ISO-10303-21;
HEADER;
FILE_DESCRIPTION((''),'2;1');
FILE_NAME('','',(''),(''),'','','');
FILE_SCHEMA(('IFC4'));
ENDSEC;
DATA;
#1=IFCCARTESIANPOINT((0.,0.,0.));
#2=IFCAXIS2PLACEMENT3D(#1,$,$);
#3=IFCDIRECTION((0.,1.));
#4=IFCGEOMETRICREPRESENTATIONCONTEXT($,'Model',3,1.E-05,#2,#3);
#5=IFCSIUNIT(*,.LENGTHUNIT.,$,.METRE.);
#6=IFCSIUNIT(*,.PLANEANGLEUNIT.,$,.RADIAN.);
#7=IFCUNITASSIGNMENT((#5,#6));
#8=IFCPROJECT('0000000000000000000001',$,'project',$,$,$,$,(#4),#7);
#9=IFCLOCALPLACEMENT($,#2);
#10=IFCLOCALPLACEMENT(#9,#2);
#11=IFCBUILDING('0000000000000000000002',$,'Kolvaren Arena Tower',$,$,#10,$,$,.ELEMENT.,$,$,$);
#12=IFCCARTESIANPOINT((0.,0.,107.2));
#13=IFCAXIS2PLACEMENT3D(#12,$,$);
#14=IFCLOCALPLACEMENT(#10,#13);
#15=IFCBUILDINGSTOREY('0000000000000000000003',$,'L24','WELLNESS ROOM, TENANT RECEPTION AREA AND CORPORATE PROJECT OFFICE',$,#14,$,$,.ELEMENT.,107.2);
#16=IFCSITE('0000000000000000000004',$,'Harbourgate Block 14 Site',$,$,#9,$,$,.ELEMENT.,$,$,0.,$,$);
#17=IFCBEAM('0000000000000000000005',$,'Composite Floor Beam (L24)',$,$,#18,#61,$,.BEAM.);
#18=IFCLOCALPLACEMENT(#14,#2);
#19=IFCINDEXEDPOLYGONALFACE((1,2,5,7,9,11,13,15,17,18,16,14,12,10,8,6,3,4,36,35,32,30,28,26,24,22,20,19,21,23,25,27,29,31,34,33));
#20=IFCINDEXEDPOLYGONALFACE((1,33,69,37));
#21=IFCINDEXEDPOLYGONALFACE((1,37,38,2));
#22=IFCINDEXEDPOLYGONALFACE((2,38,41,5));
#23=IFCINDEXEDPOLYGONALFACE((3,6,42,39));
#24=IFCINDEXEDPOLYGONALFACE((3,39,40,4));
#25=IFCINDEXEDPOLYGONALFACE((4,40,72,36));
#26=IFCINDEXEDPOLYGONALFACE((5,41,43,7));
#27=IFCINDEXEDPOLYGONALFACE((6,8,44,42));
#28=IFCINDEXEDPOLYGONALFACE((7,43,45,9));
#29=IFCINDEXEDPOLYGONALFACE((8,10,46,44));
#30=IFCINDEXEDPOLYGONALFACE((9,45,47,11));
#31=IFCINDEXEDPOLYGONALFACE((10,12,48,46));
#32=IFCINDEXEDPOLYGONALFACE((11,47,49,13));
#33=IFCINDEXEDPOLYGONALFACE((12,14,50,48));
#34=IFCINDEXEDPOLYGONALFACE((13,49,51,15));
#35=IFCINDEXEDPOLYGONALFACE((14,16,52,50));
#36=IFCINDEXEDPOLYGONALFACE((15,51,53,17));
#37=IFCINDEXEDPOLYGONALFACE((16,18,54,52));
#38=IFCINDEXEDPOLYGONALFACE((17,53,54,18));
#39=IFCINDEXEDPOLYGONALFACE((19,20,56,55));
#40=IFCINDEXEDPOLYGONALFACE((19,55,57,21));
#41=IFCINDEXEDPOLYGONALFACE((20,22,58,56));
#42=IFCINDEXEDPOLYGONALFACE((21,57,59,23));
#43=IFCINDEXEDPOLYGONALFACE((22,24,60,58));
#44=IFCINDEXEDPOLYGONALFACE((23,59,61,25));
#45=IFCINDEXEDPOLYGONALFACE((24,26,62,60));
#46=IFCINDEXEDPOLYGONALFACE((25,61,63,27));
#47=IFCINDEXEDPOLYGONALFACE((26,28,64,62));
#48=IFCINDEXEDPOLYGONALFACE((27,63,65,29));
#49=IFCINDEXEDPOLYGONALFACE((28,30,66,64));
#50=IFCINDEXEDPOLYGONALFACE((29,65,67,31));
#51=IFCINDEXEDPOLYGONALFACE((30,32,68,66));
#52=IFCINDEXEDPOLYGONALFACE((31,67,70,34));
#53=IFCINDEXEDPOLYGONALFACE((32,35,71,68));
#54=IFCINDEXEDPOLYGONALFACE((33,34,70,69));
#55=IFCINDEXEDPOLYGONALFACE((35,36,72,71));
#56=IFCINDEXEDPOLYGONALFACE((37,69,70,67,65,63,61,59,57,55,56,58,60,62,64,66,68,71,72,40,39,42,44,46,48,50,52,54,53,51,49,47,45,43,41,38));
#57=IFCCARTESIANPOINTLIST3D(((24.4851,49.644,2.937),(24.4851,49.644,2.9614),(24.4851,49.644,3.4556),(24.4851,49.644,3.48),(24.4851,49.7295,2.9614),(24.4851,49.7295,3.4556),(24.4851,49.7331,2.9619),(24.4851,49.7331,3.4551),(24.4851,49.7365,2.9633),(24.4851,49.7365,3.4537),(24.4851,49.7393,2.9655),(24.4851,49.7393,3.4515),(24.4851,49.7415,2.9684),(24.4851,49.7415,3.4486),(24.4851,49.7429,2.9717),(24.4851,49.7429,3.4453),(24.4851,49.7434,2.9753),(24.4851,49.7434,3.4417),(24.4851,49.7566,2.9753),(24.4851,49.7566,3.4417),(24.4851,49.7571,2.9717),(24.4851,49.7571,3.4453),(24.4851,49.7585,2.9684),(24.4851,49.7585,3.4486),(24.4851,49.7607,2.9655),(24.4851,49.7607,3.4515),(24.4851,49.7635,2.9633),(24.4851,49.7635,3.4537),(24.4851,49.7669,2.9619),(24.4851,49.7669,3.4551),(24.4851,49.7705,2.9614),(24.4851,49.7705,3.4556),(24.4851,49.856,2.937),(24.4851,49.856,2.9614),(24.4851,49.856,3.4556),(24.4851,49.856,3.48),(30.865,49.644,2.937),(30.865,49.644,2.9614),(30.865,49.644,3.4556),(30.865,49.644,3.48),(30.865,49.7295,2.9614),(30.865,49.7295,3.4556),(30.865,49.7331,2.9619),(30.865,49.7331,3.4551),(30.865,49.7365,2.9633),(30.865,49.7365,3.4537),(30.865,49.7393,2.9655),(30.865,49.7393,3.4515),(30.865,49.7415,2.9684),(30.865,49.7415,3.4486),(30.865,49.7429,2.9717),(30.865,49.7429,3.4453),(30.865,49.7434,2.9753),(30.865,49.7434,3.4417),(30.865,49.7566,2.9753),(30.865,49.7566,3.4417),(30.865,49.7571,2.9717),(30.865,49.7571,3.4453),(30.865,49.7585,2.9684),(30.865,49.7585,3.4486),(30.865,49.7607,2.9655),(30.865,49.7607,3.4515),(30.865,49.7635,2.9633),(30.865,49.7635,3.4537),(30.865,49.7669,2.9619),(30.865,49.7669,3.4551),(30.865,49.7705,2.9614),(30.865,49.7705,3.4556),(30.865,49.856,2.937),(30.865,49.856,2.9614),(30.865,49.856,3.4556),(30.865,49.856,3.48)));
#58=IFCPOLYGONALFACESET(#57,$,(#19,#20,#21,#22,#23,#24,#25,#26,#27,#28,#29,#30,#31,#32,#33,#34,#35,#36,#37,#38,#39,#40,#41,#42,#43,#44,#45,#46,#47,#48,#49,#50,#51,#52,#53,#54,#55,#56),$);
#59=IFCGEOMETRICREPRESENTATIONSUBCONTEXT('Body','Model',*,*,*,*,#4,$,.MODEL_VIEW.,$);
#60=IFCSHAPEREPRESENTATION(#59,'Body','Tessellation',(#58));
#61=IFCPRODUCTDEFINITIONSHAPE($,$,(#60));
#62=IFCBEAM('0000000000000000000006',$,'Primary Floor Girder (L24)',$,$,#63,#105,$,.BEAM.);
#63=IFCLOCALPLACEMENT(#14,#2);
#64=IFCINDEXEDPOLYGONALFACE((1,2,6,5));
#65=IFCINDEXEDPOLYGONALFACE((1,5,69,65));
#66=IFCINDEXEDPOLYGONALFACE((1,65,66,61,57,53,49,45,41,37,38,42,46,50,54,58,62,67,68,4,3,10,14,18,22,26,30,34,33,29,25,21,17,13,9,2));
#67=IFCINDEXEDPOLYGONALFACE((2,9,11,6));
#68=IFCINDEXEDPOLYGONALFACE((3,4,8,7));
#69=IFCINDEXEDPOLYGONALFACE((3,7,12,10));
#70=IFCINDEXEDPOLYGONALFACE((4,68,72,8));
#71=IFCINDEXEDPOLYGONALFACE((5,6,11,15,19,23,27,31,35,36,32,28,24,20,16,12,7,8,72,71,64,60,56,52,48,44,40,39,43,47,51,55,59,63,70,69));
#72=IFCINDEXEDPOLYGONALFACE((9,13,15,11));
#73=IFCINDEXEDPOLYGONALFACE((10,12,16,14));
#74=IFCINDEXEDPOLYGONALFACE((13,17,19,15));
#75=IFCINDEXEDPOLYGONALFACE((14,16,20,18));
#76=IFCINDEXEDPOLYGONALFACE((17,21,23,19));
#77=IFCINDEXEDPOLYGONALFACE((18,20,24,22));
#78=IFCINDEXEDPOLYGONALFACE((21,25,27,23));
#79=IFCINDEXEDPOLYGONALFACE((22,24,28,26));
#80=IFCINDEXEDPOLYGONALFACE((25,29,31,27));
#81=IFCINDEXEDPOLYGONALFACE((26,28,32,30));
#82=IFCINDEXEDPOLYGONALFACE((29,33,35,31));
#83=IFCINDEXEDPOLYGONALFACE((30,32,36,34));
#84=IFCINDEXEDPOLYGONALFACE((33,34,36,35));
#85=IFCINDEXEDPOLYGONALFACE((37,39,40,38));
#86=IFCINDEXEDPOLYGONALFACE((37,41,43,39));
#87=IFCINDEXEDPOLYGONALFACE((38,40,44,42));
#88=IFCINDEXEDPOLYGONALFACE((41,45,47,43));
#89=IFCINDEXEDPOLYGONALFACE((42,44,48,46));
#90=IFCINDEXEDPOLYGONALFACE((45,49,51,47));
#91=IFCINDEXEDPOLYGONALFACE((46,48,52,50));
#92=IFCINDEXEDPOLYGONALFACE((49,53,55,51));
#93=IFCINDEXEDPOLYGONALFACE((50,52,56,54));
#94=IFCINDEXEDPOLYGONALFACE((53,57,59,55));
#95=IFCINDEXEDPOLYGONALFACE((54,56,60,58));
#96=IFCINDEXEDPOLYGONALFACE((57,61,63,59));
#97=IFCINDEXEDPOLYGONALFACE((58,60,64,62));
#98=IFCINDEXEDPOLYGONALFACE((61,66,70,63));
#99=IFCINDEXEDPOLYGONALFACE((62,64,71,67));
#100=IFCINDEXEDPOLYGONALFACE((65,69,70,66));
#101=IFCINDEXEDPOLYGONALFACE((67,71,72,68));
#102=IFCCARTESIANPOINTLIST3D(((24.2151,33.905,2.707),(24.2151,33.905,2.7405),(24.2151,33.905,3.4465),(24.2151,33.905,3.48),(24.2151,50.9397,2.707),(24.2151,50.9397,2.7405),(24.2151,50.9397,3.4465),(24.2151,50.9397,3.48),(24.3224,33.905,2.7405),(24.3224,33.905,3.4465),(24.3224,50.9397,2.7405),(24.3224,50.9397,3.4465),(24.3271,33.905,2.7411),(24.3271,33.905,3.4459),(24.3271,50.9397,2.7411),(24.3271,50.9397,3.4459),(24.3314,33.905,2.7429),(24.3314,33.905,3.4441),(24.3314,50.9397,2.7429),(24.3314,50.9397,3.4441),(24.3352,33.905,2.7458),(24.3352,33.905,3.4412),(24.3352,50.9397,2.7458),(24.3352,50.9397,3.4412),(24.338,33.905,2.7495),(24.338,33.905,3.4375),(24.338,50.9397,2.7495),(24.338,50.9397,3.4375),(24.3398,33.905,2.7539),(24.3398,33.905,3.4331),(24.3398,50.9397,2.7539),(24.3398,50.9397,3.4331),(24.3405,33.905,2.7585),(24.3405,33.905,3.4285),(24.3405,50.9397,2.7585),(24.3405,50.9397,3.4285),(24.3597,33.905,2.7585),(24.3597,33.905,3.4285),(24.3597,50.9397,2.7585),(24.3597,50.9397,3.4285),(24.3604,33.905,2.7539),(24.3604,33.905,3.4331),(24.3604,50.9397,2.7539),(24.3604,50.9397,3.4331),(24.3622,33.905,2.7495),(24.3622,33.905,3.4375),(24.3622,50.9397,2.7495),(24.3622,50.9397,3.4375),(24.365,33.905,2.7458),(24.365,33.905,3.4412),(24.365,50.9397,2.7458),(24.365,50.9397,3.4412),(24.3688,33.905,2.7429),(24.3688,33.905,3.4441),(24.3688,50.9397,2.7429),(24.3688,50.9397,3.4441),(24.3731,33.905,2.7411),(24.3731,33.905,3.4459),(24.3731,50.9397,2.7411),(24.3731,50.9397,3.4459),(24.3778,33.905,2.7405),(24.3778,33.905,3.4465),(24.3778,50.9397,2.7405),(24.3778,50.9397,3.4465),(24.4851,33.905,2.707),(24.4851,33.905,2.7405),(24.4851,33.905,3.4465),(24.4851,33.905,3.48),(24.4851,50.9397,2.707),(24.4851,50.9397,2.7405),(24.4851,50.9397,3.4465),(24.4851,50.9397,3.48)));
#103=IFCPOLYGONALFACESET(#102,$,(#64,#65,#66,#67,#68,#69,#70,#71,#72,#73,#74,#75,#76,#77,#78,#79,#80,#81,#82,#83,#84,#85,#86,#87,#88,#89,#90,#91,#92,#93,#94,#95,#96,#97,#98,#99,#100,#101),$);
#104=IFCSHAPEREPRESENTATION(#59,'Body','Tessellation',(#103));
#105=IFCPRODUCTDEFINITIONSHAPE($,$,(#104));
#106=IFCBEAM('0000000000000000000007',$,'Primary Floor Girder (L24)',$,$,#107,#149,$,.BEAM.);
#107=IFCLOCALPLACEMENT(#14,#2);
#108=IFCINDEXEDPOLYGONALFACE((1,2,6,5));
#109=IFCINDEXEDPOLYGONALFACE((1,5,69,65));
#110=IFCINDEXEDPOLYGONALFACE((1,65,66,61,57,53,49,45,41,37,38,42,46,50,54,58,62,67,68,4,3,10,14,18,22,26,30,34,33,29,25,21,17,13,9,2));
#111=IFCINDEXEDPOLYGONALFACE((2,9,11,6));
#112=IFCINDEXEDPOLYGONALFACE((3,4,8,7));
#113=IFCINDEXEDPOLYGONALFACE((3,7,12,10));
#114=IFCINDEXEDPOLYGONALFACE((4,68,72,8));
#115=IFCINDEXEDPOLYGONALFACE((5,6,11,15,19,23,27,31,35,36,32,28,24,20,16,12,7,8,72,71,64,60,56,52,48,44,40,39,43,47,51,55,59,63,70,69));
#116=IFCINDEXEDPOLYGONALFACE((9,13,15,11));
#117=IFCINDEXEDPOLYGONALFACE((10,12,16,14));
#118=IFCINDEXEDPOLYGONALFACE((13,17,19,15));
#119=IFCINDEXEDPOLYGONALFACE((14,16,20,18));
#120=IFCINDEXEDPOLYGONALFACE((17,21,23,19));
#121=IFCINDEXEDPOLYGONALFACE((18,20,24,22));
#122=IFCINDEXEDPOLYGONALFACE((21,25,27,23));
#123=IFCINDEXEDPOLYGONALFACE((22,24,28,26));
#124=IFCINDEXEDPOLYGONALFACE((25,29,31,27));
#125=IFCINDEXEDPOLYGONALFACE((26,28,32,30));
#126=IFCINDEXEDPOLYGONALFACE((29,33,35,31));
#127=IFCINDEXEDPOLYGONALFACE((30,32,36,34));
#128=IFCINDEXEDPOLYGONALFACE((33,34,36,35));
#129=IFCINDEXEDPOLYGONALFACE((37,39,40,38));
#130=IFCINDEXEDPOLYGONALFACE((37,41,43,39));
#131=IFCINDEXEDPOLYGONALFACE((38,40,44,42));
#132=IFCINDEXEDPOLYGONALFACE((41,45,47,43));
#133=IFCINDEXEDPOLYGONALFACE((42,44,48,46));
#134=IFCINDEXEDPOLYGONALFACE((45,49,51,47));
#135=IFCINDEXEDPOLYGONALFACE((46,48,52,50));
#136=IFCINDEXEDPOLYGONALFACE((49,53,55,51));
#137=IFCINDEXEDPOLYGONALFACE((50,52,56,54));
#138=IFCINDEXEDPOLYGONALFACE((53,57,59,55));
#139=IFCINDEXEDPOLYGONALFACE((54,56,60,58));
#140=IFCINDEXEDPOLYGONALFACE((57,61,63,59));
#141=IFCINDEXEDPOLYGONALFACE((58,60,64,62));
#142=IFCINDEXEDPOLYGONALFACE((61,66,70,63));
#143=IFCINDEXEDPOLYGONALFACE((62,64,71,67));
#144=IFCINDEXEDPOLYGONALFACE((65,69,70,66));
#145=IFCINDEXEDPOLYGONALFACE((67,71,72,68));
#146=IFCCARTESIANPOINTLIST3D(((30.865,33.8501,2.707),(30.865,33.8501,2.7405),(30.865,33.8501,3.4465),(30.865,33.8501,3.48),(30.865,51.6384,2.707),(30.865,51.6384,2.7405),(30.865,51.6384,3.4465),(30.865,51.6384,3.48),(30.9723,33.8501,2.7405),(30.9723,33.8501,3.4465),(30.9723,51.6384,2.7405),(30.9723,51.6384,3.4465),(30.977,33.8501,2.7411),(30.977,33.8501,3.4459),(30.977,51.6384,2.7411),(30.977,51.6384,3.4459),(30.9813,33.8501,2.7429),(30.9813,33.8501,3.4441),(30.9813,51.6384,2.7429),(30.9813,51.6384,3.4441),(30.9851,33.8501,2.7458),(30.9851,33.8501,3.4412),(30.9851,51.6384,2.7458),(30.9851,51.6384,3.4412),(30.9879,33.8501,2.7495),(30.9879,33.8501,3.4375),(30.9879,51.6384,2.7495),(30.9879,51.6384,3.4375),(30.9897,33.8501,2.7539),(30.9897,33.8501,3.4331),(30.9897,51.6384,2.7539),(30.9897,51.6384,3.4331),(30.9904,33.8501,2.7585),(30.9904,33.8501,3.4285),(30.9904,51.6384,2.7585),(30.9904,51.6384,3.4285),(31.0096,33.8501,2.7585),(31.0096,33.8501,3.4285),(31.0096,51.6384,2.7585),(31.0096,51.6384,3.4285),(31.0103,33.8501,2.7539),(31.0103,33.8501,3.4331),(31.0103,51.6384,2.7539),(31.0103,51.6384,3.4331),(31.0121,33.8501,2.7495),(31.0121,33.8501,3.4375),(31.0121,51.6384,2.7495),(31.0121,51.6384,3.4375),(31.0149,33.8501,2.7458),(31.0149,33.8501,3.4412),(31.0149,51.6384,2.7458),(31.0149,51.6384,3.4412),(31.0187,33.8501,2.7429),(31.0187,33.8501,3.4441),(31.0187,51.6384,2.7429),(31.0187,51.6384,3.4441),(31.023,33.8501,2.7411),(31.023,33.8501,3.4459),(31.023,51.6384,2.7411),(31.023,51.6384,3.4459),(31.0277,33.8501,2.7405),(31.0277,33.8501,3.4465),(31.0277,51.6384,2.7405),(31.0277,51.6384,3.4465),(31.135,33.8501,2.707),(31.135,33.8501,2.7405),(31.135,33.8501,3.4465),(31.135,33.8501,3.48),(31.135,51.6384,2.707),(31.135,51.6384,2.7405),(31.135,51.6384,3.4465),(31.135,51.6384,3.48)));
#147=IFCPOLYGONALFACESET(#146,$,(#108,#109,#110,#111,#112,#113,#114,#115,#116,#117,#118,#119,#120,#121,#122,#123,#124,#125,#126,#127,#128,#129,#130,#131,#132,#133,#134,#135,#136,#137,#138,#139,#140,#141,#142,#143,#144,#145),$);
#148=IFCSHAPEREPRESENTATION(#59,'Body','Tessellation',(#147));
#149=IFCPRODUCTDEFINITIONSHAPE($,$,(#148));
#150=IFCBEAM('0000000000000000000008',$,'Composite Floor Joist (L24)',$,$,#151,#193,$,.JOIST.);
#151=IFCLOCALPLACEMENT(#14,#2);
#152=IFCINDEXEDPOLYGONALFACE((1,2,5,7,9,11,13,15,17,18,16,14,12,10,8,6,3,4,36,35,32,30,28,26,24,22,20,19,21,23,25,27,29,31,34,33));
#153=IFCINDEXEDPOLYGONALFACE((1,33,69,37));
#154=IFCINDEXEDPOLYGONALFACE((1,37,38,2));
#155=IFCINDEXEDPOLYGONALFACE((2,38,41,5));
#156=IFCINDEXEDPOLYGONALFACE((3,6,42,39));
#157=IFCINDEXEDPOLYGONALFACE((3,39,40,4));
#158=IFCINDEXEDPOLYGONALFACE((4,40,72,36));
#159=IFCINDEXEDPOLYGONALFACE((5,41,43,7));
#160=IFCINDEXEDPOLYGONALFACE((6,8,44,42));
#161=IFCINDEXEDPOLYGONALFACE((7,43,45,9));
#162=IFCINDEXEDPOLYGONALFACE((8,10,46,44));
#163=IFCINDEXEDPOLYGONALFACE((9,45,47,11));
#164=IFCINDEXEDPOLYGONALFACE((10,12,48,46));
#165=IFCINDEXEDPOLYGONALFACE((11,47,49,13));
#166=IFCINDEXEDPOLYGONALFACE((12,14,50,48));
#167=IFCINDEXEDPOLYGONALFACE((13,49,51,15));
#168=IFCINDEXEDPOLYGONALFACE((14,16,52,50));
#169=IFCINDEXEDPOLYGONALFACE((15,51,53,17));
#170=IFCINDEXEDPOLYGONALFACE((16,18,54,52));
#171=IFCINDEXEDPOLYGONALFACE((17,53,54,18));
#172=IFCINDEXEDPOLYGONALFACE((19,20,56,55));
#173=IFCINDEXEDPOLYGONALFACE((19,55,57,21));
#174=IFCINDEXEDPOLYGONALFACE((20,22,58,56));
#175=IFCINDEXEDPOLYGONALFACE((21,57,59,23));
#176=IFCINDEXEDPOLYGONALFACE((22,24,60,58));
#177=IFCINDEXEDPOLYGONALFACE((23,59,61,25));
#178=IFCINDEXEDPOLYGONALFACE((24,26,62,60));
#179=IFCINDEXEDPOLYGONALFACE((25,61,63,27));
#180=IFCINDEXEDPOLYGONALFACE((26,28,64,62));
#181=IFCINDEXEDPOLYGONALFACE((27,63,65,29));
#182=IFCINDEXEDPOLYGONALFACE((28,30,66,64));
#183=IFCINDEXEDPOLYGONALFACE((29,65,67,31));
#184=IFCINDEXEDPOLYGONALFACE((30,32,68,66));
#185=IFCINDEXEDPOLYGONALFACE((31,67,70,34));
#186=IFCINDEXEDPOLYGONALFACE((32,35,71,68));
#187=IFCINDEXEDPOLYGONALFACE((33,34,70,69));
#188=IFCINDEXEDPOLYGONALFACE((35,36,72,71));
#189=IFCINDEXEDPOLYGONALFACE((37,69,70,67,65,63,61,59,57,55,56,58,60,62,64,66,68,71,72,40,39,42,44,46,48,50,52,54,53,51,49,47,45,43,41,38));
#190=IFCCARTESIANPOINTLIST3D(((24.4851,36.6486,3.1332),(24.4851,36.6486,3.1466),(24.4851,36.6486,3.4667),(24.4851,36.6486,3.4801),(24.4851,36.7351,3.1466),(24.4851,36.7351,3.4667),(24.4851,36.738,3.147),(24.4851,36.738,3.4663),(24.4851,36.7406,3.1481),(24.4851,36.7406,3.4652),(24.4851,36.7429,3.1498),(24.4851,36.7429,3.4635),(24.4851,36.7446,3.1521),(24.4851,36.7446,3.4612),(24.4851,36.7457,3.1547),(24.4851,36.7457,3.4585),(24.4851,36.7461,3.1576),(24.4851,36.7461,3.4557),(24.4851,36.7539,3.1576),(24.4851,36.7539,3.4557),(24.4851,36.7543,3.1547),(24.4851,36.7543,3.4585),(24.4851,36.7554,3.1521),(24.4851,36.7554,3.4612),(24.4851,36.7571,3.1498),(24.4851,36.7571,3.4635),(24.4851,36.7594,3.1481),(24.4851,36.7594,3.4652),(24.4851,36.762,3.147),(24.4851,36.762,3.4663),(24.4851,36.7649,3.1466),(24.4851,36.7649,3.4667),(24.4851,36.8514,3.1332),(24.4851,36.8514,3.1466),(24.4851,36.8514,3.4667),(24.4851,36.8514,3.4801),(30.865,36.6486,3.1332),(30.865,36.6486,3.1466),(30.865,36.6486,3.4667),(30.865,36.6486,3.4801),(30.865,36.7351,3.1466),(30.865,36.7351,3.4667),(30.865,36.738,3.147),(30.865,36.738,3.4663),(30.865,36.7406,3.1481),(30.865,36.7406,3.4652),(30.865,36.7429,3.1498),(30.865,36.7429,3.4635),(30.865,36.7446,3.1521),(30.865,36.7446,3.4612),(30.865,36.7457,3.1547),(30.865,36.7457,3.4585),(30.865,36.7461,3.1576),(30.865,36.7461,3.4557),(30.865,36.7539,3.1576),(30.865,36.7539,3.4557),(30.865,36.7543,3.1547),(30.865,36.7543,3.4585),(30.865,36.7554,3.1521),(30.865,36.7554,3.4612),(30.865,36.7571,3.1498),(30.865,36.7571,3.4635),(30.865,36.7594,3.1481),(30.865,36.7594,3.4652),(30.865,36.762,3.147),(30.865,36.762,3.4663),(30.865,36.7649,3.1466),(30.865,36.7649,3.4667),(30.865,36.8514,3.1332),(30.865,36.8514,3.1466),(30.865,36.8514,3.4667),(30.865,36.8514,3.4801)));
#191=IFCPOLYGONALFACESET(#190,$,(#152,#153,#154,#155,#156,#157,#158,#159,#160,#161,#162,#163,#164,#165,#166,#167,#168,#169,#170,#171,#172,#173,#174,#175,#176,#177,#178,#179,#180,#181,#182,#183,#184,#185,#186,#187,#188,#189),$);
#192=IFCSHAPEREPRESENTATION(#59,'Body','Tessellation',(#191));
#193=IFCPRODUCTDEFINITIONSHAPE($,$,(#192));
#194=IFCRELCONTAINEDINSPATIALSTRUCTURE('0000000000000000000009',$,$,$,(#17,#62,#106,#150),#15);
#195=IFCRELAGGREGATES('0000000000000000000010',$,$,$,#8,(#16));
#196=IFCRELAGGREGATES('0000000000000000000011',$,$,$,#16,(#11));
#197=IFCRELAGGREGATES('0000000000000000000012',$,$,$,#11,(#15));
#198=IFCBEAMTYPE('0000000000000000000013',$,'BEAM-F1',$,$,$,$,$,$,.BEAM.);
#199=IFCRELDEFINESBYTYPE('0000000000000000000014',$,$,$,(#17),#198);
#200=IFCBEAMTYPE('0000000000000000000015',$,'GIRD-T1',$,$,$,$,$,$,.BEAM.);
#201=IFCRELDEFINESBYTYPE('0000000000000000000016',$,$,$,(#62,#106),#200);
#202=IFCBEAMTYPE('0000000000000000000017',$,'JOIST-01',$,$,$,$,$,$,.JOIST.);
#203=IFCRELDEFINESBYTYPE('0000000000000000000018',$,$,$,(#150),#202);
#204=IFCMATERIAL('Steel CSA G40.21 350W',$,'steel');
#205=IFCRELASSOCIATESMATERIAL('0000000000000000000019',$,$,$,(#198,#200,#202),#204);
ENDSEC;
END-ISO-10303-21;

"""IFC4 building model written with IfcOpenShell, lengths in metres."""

from ifc_helpers import new_model, si_unit, direction, frame, origin, origin_2d, place, context, subcontext, project, spatial, i_section, extrude, material, material_profile, profile_set, type_object, element, save


model = new_model("IFC4")

# Units and contexts
model_context = context("Model", 3, precision=1e-05, world=origin(), true_north=direction((0.0, 1.0)))
body_context = subcontext(model_context, "Body", "Model", "MODEL_VIEW")
ifc_project = project(units=[si_unit("LENGTHUNIT", "METRE"), si_unit("PLANEANGLEUNIT", "RADIAN")], contexts=[model_context])

# Site, building, storey
site_placement = place(None, origin())
site = spatial("IfcSite", under=ifc_project, at=site_placement, Name="Harbourgate Block 14 Site", CompositionType="ELEMENT", RefElevation=0.0)
building_placement = place(site_placement, origin())
building = spatial("IfcBuilding", under=site, at=building_placement, Name="Kolvaren Arena Tower", CompositionType="ELEMENT")
storey_placement = place(building_placement, frame((0.0, 0.0, 107.2)))
storey = spatial("IfcBuildingStorey", under=building, at=storey_placement, Name="L24", Description="WELLNESS ROOM, TENANT RECEPTION AREA AND CORPORATE PROJECT OFFICE", CompositionType="ELEMENT", Elevation=107.2)

# Beams
ifc_material_1 = material(Name="Steel CSA G40.21 350W", Category="steel")
ifc_material_profile_1 = material_profile(ifc_material_1, i_section(OverallWidth=0.2119, OverallDepth=0.543, WebThickness=0.0132, FlangeThickness=0.0244, FilletRadius=0.0139, at=origin_2d()), Name="W530x150")
ifc_profile_set_1 = profile_set([ifc_material_profile_1], Name="Steel CSA G40.21 350W")
beam_type_1 = type_object("IfcBeamType", Name="BEAM-F1", PredefinedType="BEAM", material=ifc_profile_set_1)
for number, where, z_axis, x_axis, name in (
    (1, (24.4851, 49.75, 3.2085), (1.0, 0.0, 0.0), (0.0, 1.0, 0.0), "Composite Floor Beam (L24)"),
):
    element("IfcBeam", number, at=place(storey_placement, frame(where, z_axis=z_axis, x_axis=x_axis)), inside=storey, type_object=beam_type_1, Name=name, PredefinedType="BEAM", context=body_context, shape_type="SweptSolid", body=[
        extrude(i_section(OverallWidth=0.2119, OverallDepth=0.543, WebThickness=0.0132, FlangeThickness=0.0244, FilletRadius=0.0139, at=origin_2d()), origin(), (0.0, 0.0, 1.0), 6.3799),
    ])
ifc_material_profile_2 = material_profile(ifc_material_1, i_section(OverallWidth=0.27, OverallDepth=0.7729, WebThickness=0.0193, FlangeThickness=0.0334, FilletRadius=0.0181, at=origin_2d()), Name="W760x257")
ifc_profile_set_2 = profile_set([ifc_material_profile_2], Name="Steel CSA G40.21 350W")
beam_type_2 = type_object("IfcBeamType", Name="GIRD-T1", PredefinedType="BEAM", material=ifc_profile_set_2)
beam_1_placement = place(storey_placement, frame((24.3501, 33.905, 3.0935), z_axis=(0.0, 1.0, 0.0), x_axis=(-1.0, 0.0, 0.0)))
element("IfcBeam", 2, at=beam_1_placement, inside=storey, type_object=beam_type_2, Name="Primary Floor Girder (L24)", PredefinedType="BEAM", context=body_context, shape_type="SweptSolid", body=[
    extrude(i_section(OverallWidth=0.27, OverallDepth=0.7729, WebThickness=0.0193, FlangeThickness=0.0334, FilletRadius=0.0181, at=origin_2d()), origin(), (0.0, 0.0, 1.0), 17.0347),
])
beam_2_placement = place(storey_placement, frame((31.0, 33.8501, 3.0935), z_axis=(0.0, 1.0, 0.0), x_axis=(-1.0, 0.0, 0.0)))
element("IfcBeam", 3, at=beam_2_placement, inside=storey, type_object=beam_type_2, Name="Primary Floor Girder (L24)", PredefinedType="BEAM", context=body_context, shape_type="SweptSolid", body=[
    extrude(i_section(OverallWidth=0.27, OverallDepth=0.7729, WebThickness=0.0193, FlangeThickness=0.0334, FilletRadius=0.0181, at=origin_2d()), origin(), (0.0, 0.0, 1.0), 17.7883),
])
ifc_material_profile_3 = material_profile(ifc_material_1, i_section(OverallWidth=0.2029, OverallDepth=0.3469, WebThickness=0.0078, FlangeThickness=0.0134, FilletRadius=0.011, at=origin_2d()), Name="W360x64")
ifc_profile_set_3 = profile_set([ifc_material_profile_3], Name="Steel CSA G40.21 350W")
beam_type_3 = type_object("IfcBeamType", Name="JOIST-01", PredefinedType="JOIST", material=ifc_profile_set_3)
beam_3_placement = place(storey_placement, frame((24.4851, 36.75, 3.3066), z_axis=(1.0, 0.0, 0.0), x_axis=(0.0, 1.0, 0.0)))
element("IfcBeam", 4, at=beam_3_placement, inside=storey, type_object=beam_type_3, Name="Composite Floor Joist (L24)", PredefinedType="JOIST", context=body_context, shape_type="SweptSolid", body=[
    extrude(i_section(OverallWidth=0.2029, OverallDepth=0.3469, WebThickness=0.0078, FlangeThickness=0.0134, FilletRadius=0.011, at=origin_2d()), origin(), (0.0, 0.0, 1.0), 6.3799),
])

save(model, "model.ifc")
